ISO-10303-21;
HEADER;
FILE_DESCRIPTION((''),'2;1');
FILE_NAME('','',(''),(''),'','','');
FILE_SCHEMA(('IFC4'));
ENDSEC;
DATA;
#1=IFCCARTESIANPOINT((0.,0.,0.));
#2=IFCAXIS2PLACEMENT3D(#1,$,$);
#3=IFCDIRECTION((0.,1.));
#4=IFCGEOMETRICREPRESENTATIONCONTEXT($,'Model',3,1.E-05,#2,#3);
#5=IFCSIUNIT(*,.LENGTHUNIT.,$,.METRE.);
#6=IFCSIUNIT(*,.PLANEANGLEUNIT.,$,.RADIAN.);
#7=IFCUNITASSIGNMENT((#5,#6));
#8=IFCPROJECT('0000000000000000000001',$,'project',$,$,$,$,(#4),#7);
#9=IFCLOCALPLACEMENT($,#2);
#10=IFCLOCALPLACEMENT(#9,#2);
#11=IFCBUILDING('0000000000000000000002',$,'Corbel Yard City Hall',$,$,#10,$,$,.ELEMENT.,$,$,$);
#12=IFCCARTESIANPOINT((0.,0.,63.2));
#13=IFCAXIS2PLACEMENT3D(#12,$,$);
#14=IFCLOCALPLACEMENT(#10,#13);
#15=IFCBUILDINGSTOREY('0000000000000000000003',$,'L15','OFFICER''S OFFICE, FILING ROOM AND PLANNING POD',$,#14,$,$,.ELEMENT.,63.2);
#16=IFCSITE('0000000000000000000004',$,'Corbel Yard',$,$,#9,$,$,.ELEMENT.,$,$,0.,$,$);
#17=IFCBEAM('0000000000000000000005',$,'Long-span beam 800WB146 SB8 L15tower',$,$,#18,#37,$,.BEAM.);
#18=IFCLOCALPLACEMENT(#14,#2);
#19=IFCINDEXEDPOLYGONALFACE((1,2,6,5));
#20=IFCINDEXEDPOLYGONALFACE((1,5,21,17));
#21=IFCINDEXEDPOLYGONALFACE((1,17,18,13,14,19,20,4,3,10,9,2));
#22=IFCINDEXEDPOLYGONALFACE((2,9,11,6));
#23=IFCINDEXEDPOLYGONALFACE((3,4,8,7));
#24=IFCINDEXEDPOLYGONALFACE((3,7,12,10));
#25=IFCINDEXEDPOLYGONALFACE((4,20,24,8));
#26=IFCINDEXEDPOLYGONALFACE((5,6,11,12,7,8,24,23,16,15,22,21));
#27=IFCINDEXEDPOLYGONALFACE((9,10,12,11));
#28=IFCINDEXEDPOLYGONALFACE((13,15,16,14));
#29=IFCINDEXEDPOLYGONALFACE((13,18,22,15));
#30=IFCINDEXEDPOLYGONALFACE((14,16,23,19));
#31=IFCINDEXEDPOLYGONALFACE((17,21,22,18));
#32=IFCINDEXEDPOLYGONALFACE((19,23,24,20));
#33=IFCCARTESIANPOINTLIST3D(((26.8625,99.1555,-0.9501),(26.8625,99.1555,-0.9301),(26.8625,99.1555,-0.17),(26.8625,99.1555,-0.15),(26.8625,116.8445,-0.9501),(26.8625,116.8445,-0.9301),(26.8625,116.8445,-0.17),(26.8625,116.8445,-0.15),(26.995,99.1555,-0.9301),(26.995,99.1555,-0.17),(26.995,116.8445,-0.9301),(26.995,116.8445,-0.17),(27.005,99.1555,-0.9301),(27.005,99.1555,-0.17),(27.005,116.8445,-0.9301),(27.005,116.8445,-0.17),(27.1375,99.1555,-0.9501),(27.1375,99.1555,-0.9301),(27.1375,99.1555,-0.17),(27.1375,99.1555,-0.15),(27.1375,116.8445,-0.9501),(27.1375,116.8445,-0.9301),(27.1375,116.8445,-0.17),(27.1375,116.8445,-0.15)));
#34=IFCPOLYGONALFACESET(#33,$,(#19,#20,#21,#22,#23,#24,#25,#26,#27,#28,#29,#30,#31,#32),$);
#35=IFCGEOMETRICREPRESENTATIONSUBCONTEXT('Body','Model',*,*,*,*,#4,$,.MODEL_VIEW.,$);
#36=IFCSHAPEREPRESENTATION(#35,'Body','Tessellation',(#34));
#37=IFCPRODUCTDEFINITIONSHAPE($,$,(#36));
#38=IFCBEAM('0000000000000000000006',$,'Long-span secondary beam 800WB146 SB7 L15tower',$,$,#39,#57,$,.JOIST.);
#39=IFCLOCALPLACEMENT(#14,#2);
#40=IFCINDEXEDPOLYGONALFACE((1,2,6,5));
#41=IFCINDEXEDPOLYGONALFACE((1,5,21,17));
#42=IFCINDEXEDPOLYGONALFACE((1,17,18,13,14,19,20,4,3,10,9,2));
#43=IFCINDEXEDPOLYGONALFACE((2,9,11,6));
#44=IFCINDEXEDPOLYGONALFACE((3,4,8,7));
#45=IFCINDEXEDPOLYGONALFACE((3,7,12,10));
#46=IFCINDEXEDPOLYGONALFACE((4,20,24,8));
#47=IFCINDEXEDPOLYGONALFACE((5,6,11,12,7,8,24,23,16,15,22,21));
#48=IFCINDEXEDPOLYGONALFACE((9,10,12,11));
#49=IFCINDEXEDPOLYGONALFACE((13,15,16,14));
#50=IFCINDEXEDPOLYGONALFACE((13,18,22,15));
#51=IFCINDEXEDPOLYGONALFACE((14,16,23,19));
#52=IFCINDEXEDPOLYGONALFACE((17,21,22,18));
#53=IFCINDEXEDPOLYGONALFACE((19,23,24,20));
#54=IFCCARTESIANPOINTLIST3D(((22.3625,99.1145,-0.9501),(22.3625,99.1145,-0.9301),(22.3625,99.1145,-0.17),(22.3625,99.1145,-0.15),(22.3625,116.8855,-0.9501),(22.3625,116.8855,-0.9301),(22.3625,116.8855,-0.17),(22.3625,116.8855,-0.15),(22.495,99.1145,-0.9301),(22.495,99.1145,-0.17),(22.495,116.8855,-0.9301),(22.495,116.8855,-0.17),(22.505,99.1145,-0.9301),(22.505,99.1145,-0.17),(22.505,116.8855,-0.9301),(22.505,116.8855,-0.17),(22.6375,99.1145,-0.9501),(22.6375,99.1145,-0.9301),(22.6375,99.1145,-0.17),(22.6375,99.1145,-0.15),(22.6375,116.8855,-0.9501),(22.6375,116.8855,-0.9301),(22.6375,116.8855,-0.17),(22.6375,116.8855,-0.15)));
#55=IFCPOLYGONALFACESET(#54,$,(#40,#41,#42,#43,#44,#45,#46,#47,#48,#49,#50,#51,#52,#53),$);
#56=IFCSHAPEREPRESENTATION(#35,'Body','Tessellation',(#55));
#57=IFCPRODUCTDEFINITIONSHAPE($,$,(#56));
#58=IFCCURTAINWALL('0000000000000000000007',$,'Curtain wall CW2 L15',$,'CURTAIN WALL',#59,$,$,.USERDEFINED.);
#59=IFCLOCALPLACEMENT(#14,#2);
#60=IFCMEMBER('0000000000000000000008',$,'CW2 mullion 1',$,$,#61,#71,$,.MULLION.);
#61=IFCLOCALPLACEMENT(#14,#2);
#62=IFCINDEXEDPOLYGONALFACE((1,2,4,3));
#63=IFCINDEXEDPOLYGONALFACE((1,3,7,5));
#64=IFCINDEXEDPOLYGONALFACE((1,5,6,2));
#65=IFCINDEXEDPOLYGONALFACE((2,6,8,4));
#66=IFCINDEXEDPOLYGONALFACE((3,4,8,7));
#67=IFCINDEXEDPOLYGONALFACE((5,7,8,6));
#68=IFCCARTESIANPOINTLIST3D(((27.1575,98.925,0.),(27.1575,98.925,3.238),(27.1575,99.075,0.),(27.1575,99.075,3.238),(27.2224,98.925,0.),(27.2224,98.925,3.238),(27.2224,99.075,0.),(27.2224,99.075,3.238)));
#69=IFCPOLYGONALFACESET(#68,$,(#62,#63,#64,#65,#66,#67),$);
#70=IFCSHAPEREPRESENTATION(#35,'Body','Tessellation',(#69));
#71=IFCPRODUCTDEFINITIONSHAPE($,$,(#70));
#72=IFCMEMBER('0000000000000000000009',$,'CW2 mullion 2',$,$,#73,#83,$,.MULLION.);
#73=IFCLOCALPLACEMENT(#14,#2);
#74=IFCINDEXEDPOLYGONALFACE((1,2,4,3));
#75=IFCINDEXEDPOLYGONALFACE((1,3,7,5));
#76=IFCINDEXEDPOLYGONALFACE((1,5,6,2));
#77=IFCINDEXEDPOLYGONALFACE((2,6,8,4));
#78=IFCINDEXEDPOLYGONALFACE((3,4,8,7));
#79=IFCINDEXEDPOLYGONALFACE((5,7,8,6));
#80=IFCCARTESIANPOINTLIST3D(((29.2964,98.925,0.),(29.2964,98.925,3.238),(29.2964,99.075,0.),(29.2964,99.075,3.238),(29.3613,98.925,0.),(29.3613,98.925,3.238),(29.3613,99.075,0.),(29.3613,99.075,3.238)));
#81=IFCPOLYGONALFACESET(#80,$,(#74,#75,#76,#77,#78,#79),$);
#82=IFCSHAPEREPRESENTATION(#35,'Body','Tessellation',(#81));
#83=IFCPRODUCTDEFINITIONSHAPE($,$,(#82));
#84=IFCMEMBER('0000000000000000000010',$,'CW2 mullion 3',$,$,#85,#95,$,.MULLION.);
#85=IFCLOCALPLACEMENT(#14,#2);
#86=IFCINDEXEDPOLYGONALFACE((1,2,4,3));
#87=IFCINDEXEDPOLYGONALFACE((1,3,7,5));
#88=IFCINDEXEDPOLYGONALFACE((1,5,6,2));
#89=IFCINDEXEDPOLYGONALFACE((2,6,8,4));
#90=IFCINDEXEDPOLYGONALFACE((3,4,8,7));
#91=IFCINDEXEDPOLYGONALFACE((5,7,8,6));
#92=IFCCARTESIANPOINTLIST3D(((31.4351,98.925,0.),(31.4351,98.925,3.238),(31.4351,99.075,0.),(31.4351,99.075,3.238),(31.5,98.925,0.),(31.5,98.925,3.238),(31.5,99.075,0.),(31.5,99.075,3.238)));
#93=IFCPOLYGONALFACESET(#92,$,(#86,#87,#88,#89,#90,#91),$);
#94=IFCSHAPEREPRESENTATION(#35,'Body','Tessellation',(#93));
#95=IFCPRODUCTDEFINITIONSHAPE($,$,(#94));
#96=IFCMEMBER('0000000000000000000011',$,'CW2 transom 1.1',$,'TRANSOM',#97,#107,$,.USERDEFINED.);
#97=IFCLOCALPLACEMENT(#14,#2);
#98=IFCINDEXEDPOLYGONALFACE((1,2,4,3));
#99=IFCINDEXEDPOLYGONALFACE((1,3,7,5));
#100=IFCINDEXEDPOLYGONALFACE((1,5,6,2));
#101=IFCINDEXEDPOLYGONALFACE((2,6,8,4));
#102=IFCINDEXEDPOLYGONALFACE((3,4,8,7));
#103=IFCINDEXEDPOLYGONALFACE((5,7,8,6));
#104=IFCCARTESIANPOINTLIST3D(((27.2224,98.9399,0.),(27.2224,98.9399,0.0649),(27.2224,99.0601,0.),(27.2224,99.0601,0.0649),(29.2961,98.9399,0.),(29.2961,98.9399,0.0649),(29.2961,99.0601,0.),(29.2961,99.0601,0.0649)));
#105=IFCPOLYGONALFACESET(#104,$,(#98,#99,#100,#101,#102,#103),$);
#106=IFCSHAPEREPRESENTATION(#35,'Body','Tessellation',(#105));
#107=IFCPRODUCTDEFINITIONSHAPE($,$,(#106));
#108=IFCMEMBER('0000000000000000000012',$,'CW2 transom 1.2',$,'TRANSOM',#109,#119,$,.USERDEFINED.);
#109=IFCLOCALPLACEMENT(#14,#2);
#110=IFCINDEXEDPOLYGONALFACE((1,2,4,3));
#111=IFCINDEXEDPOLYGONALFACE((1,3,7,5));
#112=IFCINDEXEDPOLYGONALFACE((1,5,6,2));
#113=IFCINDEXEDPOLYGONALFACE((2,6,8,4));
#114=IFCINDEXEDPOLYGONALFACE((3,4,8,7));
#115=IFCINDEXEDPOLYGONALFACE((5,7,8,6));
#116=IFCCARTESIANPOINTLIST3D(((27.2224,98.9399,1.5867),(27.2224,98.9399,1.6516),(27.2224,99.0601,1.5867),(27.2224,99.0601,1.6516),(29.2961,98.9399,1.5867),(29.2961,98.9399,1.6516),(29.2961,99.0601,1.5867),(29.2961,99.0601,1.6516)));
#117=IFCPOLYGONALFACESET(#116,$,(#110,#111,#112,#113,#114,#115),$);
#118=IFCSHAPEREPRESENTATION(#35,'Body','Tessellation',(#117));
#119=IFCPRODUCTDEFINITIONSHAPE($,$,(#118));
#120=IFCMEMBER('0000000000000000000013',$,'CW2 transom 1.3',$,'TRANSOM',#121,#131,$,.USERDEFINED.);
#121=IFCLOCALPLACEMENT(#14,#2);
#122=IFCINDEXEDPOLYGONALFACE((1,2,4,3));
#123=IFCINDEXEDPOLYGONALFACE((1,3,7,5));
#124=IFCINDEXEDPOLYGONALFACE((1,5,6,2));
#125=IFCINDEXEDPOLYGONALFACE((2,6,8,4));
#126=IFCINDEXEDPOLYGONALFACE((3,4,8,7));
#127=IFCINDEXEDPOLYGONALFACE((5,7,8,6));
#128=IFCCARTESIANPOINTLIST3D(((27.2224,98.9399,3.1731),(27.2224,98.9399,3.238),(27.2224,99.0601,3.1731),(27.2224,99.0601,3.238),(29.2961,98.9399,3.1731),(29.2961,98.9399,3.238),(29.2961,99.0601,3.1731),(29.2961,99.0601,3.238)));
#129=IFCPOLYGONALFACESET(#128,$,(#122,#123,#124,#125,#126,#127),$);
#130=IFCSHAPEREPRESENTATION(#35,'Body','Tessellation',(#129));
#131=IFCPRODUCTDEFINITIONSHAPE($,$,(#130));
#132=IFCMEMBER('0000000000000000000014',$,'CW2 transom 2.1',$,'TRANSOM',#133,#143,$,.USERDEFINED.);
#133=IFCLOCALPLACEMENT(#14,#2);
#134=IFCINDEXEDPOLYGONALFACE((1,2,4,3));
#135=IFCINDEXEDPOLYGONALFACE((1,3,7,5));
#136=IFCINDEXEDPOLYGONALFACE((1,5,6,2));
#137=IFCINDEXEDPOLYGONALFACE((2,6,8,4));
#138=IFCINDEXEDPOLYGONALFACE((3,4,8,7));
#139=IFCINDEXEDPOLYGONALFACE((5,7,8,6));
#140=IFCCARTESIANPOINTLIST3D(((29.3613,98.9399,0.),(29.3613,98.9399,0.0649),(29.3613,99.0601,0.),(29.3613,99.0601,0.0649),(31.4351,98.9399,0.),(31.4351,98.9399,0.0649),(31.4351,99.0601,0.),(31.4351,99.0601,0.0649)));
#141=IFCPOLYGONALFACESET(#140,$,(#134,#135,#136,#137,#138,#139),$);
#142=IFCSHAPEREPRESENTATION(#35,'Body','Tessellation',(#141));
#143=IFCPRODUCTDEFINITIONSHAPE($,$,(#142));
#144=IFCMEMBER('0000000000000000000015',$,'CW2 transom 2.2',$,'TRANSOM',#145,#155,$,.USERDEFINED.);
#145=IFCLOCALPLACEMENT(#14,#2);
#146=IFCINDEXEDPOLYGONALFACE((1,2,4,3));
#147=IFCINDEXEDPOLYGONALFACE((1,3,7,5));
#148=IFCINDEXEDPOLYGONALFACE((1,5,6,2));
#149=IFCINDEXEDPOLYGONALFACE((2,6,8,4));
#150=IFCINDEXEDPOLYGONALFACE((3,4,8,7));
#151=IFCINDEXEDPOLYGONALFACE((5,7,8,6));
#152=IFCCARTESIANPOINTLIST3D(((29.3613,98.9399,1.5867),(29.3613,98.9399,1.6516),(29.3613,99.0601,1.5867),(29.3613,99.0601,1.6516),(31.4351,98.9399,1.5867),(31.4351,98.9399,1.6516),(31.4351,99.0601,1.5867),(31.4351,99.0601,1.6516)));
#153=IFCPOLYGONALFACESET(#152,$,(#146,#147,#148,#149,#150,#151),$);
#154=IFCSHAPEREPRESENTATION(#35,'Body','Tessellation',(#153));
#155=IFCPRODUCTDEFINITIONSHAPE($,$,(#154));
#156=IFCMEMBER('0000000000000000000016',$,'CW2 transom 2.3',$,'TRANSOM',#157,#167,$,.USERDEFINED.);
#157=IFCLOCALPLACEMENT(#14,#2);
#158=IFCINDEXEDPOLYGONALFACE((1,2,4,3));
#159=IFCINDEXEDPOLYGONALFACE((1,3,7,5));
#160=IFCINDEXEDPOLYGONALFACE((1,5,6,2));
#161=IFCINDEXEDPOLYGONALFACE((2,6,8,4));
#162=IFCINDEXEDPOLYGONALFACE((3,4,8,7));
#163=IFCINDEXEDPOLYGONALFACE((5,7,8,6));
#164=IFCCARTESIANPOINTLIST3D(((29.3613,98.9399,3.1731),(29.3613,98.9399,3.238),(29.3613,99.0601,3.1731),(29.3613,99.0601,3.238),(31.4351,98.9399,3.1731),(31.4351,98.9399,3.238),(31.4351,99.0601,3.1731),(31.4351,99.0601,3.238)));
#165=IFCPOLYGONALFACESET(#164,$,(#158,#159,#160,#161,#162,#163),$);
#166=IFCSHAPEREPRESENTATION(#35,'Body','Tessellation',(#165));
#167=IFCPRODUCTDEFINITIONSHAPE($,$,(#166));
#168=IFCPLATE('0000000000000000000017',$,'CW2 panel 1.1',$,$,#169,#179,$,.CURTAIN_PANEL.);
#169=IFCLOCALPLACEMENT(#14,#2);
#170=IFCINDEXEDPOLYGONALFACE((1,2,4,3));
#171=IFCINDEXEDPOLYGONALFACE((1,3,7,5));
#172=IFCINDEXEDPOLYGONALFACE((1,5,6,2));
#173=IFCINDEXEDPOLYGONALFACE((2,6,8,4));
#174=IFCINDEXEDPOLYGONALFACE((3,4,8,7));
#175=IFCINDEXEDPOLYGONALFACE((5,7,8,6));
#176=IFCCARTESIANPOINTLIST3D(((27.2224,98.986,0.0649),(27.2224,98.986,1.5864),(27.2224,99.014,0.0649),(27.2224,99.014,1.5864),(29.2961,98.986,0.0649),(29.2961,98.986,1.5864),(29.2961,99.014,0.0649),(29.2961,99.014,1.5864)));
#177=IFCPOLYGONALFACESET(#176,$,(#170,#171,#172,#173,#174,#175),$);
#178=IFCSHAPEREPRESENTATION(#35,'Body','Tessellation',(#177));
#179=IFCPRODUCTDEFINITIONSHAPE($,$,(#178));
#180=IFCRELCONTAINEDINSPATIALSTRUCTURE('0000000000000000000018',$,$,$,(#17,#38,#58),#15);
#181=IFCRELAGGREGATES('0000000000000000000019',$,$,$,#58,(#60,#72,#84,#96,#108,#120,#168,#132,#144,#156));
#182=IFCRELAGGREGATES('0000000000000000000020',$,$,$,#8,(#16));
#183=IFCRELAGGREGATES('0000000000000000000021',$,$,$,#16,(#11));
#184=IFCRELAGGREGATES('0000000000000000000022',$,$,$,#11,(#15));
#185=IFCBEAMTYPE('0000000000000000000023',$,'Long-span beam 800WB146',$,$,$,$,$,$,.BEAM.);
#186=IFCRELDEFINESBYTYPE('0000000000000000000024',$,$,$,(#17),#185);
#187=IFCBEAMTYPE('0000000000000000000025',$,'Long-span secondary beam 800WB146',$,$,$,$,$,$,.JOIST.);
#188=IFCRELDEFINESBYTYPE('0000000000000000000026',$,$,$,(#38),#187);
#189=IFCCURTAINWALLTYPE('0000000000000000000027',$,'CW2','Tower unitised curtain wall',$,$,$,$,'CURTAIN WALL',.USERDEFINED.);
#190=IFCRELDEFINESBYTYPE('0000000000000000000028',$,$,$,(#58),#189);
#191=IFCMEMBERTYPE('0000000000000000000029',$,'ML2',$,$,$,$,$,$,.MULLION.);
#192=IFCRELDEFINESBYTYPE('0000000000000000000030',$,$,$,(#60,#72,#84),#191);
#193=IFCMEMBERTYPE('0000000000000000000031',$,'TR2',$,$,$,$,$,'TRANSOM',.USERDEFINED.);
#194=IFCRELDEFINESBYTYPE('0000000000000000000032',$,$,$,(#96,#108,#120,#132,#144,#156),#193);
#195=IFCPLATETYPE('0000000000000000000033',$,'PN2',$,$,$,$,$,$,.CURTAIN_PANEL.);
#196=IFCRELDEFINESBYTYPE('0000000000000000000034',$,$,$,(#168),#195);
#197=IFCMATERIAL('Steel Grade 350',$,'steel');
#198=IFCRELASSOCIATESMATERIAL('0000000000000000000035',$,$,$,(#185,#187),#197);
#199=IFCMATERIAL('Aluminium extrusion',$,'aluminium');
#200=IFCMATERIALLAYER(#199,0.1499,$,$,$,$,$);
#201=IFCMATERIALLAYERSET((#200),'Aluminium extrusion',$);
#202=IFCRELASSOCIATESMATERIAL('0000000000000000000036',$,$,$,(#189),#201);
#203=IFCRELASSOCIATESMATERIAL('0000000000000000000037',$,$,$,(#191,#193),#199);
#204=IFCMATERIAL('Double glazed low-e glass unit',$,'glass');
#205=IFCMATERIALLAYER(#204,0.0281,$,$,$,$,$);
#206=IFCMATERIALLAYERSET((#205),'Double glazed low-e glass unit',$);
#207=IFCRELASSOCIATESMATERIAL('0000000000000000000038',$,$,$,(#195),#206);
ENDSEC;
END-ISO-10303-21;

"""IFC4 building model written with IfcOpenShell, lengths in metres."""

from ifc_helpers import new_model, si_unit, direction, frame, origin, origin_2d, place, context, subcontext, project, spatial, rectangle, i_section, extrude, material, layer, layer_set, material_profile, profile_set, type_object, element, aggregate, save


model = new_model("IFC4")

# Units and contexts
model_context = context("Model", 3, precision=1e-05, world=origin(), true_north=direction((0.0, 1.0)))
body_context = subcontext(model_context, "Body", "Model", "MODEL_VIEW")
ifc_project = project(units=[si_unit("LENGTHUNIT", "METRE"), si_unit("PLANEANGLEUNIT", "RADIAN")], contexts=[model_context])

# Site, building, storey
site_placement = place(None, origin())
site = spatial("IfcSite", under=ifc_project, at=site_placement, Name="Corbel Yard", CompositionType="ELEMENT", RefElevation=0.0)
building_placement = place(site_placement, origin())
building = spatial("IfcBuilding", under=site, at=building_placement, Name="Corbel Yard City Hall", CompositionType="ELEMENT")
storey_placement = place(building_placement, frame((0.0, 0.0, 63.2)))
storey = spatial("IfcBuildingStorey", under=building, at=storey_placement, Name="L15", Description="OFFICER'S OFFICE, FILING ROOM AND PLANNING POD", CompositionType="ELEMENT", Elevation=63.2)

# Beams
ifc_material_1 = material(Name="Steel Grade 350", Category="steel")
ifc_material_profile_1 = material_profile(ifc_material_1, i_section(OverallWidth=0.2749, OverallDepth=0.8, WebThickness=0.01, FlangeThickness=0.02, at=origin_2d()), Name="800WB146")
ifc_profile_set_1 = profile_set([ifc_material_profile_1], Name="Steel Grade 350")
beam_type_1 = type_object("IfcBeamType", Name="Long-span beam 800WB146", PredefinedType="BEAM", material=ifc_profile_set_1)
beam_1_placement = place(storey_placement, frame((27.0, 99.1555, -0.55), z_axis=(0.0, 1.0, 0.0), x_axis=(-1.0, 0.0, 0.0)))
element("IfcBeam", 1, at=beam_1_placement, inside=storey, type_object=beam_type_1, Name="Long-span beam 800WB146 SB8 L15tower", PredefinedType="BEAM", context=body_context, shape_type="SweptSolid", body=[
    extrude(i_section(OverallWidth=0.2749, OverallDepth=0.8, WebThickness=0.01, FlangeThickness=0.02, at=origin_2d()), origin(), (0.0, 0.0, 1.0), 17.689),
])
ifc_material_profile_2 = material_profile(ifc_material_1, i_section(OverallWidth=0.2749, OverallDepth=0.8, WebThickness=0.01, FlangeThickness=0.02, at=origin_2d()), Name="800WB146")
ifc_profile_set_2 = profile_set([ifc_material_profile_2], Name="Steel Grade 350")
beam_type_2 = type_object("IfcBeamType", Name="Long-span secondary beam 800WB146", PredefinedType="JOIST", material=ifc_profile_set_2)
beam_2_placement = place(storey_placement, frame((22.5, 99.1145, -0.55), z_axis=(0.0, 1.0, 0.0), x_axis=(-1.0, 0.0, 0.0)))
element("IfcBeam", 2, at=beam_2_placement, inside=storey, type_object=beam_type_2, Name="Long-span secondary beam 800WB146 SB7 L15tower", PredefinedType="JOIST", context=body_context, shape_type="SweptSolid", body=[
    extrude(i_section(OverallWidth=0.2749, OverallDepth=0.8, WebThickness=0.01, FlangeThickness=0.02, at=origin_2d()), origin(), (0.0, 0.0, 1.0), 17.771),
])

# Curtain wall, members, plate
ifc_material_2 = material(Name="Aluminium extrusion", Category="aluminium")
ifc_layer_1 = layer(ifc_material_2, 0.1499)
ifc_layer_set_1 = layer_set([ifc_layer_1], Name="Aluminium extrusion")
curtain_wall_type = type_object("IfcCurtainWallType", Name="CW2", Description="Tower unitised curtain wall", ElementType="CURTAIN WALL", PredefinedType="USERDEFINED", material=ifc_layer_set_1)
curtain_wall_placement = place(storey_placement, origin())
curtain_wall = element("IfcCurtainWall", 3, at=curtain_wall_placement, inside=storey, type_object=curtain_wall_type, Name="Curtain wall CW2 L15", ObjectType="CURTAIN WALL", PredefinedType="USERDEFINED")
ifc_material_profile_3 = material_profile(ifc_material_2, rectangle(XDim=0.1499, YDim=0.0649, at=origin_2d()), Name="150x65")
ifc_profile_set_3 = profile_set([ifc_material_profile_3], Name="Aluminium extrusion")
member_type_1 = type_object("IfcMemberType", Name="ML2", PredefinedType="MULLION", material=ifc_profile_set_3)
member_1_placement = place(storey_placement, frame((27.1899, 99.0, 0.0), z_axis=(0.0, 0.0, 1.0), x_axis=(0.0, 1.0, 0.0)))
member_1 = element("IfcMember", 4, at=member_1_placement, type_object=member_type_1, Name="CW2 mullion 1", PredefinedType="MULLION", context=body_context, shape_type="SweptSolid", body=[
    extrude(rectangle(XDim=0.1499, YDim=0.0649, at=origin_2d()), origin(), (0.0, 0.0, 1.0), 3.238),
])
member_2_placement = place(storey_placement, frame((29.3289, 99.0, 0.0), z_axis=(0.0, 0.0, 1.0), x_axis=(0.0, 1.0, 0.0)))
member_2 = element("IfcMember", 5, at=member_2_placement, type_object=member_type_1, Name="CW2 mullion 2", PredefinedType="MULLION", context=body_context, shape_type="SweptSolid", body=[
    extrude(rectangle(XDim=0.1499, YDim=0.0649, at=origin_2d()), origin(), (0.0, 0.0, 1.0), 3.238),
])
member_3_placement = place(storey_placement, frame((31.4675, 99.0, 0.0), z_axis=(0.0, 0.0, 1.0), x_axis=(0.0, 1.0, 0.0)))
member_3 = element("IfcMember", 6, at=member_3_placement, type_object=member_type_1, Name="CW2 mullion 3", PredefinedType="MULLION", context=body_context, shape_type="SweptSolid", body=[
    extrude(rectangle(XDim=0.1499, YDim=0.0649, at=origin_2d()), origin(), (0.0, 0.0, 1.0), 3.238),
])
ifc_material_profile_4 = material_profile(ifc_material_2, rectangle(XDim=0.1201, YDim=0.0649, at=origin_2d()), Name="120x65")
ifc_profile_set_4 = profile_set([ifc_material_profile_4], Name="Aluminium extrusion")
member_type_2 = type_object("IfcMemberType", Name="TR2", ElementType="TRANSOM", PredefinedType="USERDEFINED", material=ifc_profile_set_4)
member_4_placement = place(storey_placement, frame((27.2224, 99.0, 0.0325), z_axis=(1.0, 0.0, 0.0), x_axis=(0.0, 1.0, 0.0)))
member_4 = element("IfcMember", 7, at=member_4_placement, type_object=member_type_2, Name="CW2 transom 1.1", ObjectType="TRANSOM", PredefinedType="USERDEFINED", context=body_context, shape_type="SweptSolid", body=[
    extrude(rectangle(XDim=0.1201, YDim=0.0649, at=origin_2d()), origin(), (0.0, 0.0, 1.0), 2.0737),
])
member_5_placement = place(storey_placement, frame((27.2224, 99.0, 1.6191), z_axis=(1.0, 0.0, 0.0), x_axis=(0.0, 1.0, 0.0)))
member_5 = element("IfcMember", 8, at=member_5_placement, type_object=member_type_2, Name="CW2 transom 1.2", ObjectType="TRANSOM", PredefinedType="USERDEFINED", context=body_context, shape_type="SweptSolid", body=[
    extrude(rectangle(XDim=0.1201, YDim=0.0649, at=origin_2d()), origin(), (0.0, 0.0, 1.0), 2.0737),
])
member_6_placement = place(storey_placement, frame((27.2224, 99.0, 3.2056), z_axis=(1.0, 0.0, 0.0), x_axis=(0.0, 1.0, 0.0)))
member_6 = element("IfcMember", 9, at=member_6_placement, type_object=member_type_2, Name="CW2 transom 1.3", ObjectType="TRANSOM", PredefinedType="USERDEFINED", context=body_context, shape_type="SweptSolid", body=[
    extrude(rectangle(XDim=0.1201, YDim=0.0649, at=origin_2d()), origin(), (0.0, 0.0, 1.0), 2.0737),
])
member_7_placement = place(storey_placement, frame((29.3613, 99.0, 0.0325), z_axis=(1.0, 0.0, 0.0), x_axis=(0.0, 1.0, 0.0)))
member_7 = element("IfcMember", 10, at=member_7_placement, type_object=member_type_2, Name="CW2 transom 2.1", ObjectType="TRANSOM", PredefinedType="USERDEFINED", context=body_context, shape_type="SweptSolid", body=[
    extrude(rectangle(XDim=0.1201, YDim=0.0649, at=origin_2d()), origin(), (0.0, 0.0, 1.0), 2.0737),
])
member_8_placement = place(storey_placement, frame((29.3613, 99.0, 1.6191), z_axis=(1.0, 0.0, 0.0), x_axis=(0.0, 1.0, 0.0)))
member_8 = element("IfcMember", 11, at=member_8_placement, type_object=member_type_2, Name="CW2 transom 2.2", ObjectType="TRANSOM", PredefinedType="USERDEFINED", context=body_context, shape_type="SweptSolid", body=[
    extrude(rectangle(XDim=0.1201, YDim=0.0649, at=origin_2d()), origin(), (0.0, 0.0, 1.0), 2.0737),
])
member_9_placement = place(storey_placement, frame((29.3613, 99.0, 3.2056), z_axis=(1.0, 0.0, 0.0), x_axis=(0.0, 1.0, 0.0)))
member_9 = element("IfcMember", 12, at=member_9_placement, type_object=member_type_2, Name="CW2 transom 2.3", ObjectType="TRANSOM", PredefinedType="USERDEFINED", context=body_context, shape_type="SweptSolid", body=[
    extrude(rectangle(XDim=0.1201, YDim=0.0649, at=origin_2d()), origin(), (0.0, 0.0, 1.0), 2.0737),
])
ifc_material_3 = material(Name="Double glazed low-e glass unit", Category="glass")
ifc_layer_2 = layer(ifc_material_3, 0.0281)
ifc_layer_set_2 = layer_set([ifc_layer_2], Name="Double glazed low-e glass unit")
plate_type = type_object("IfcPlateType", Name="PN2", PredefinedType="CURTAIN_PANEL", material=ifc_layer_set_2)
plate_1_placement = place(storey_placement, frame((28.2593, 99.0, 0.0649), z_axis=(0.0, 0.0, 1.0), x_axis=(1.0, 0.0, 0.0)))
plate_1 = element("IfcPlate", 13, at=plate_1_placement, type_object=plate_type, Name="CW2 panel 1.1", PredefinedType="CURTAIN_PANEL", context=body_context, shape_type="SweptSolid", body=[
    extrude(rectangle(XDim=2.0737, YDim=0.0281, at=origin_2d()), origin(), (0.0, 0.0, 1.0), 1.5215),
])
aggregate(curtain_wall, [member_1, member_2, member_3, member_4, member_5, member_6, plate_1, member_7, member_8, member_9])

save(model, "model.ifc")
